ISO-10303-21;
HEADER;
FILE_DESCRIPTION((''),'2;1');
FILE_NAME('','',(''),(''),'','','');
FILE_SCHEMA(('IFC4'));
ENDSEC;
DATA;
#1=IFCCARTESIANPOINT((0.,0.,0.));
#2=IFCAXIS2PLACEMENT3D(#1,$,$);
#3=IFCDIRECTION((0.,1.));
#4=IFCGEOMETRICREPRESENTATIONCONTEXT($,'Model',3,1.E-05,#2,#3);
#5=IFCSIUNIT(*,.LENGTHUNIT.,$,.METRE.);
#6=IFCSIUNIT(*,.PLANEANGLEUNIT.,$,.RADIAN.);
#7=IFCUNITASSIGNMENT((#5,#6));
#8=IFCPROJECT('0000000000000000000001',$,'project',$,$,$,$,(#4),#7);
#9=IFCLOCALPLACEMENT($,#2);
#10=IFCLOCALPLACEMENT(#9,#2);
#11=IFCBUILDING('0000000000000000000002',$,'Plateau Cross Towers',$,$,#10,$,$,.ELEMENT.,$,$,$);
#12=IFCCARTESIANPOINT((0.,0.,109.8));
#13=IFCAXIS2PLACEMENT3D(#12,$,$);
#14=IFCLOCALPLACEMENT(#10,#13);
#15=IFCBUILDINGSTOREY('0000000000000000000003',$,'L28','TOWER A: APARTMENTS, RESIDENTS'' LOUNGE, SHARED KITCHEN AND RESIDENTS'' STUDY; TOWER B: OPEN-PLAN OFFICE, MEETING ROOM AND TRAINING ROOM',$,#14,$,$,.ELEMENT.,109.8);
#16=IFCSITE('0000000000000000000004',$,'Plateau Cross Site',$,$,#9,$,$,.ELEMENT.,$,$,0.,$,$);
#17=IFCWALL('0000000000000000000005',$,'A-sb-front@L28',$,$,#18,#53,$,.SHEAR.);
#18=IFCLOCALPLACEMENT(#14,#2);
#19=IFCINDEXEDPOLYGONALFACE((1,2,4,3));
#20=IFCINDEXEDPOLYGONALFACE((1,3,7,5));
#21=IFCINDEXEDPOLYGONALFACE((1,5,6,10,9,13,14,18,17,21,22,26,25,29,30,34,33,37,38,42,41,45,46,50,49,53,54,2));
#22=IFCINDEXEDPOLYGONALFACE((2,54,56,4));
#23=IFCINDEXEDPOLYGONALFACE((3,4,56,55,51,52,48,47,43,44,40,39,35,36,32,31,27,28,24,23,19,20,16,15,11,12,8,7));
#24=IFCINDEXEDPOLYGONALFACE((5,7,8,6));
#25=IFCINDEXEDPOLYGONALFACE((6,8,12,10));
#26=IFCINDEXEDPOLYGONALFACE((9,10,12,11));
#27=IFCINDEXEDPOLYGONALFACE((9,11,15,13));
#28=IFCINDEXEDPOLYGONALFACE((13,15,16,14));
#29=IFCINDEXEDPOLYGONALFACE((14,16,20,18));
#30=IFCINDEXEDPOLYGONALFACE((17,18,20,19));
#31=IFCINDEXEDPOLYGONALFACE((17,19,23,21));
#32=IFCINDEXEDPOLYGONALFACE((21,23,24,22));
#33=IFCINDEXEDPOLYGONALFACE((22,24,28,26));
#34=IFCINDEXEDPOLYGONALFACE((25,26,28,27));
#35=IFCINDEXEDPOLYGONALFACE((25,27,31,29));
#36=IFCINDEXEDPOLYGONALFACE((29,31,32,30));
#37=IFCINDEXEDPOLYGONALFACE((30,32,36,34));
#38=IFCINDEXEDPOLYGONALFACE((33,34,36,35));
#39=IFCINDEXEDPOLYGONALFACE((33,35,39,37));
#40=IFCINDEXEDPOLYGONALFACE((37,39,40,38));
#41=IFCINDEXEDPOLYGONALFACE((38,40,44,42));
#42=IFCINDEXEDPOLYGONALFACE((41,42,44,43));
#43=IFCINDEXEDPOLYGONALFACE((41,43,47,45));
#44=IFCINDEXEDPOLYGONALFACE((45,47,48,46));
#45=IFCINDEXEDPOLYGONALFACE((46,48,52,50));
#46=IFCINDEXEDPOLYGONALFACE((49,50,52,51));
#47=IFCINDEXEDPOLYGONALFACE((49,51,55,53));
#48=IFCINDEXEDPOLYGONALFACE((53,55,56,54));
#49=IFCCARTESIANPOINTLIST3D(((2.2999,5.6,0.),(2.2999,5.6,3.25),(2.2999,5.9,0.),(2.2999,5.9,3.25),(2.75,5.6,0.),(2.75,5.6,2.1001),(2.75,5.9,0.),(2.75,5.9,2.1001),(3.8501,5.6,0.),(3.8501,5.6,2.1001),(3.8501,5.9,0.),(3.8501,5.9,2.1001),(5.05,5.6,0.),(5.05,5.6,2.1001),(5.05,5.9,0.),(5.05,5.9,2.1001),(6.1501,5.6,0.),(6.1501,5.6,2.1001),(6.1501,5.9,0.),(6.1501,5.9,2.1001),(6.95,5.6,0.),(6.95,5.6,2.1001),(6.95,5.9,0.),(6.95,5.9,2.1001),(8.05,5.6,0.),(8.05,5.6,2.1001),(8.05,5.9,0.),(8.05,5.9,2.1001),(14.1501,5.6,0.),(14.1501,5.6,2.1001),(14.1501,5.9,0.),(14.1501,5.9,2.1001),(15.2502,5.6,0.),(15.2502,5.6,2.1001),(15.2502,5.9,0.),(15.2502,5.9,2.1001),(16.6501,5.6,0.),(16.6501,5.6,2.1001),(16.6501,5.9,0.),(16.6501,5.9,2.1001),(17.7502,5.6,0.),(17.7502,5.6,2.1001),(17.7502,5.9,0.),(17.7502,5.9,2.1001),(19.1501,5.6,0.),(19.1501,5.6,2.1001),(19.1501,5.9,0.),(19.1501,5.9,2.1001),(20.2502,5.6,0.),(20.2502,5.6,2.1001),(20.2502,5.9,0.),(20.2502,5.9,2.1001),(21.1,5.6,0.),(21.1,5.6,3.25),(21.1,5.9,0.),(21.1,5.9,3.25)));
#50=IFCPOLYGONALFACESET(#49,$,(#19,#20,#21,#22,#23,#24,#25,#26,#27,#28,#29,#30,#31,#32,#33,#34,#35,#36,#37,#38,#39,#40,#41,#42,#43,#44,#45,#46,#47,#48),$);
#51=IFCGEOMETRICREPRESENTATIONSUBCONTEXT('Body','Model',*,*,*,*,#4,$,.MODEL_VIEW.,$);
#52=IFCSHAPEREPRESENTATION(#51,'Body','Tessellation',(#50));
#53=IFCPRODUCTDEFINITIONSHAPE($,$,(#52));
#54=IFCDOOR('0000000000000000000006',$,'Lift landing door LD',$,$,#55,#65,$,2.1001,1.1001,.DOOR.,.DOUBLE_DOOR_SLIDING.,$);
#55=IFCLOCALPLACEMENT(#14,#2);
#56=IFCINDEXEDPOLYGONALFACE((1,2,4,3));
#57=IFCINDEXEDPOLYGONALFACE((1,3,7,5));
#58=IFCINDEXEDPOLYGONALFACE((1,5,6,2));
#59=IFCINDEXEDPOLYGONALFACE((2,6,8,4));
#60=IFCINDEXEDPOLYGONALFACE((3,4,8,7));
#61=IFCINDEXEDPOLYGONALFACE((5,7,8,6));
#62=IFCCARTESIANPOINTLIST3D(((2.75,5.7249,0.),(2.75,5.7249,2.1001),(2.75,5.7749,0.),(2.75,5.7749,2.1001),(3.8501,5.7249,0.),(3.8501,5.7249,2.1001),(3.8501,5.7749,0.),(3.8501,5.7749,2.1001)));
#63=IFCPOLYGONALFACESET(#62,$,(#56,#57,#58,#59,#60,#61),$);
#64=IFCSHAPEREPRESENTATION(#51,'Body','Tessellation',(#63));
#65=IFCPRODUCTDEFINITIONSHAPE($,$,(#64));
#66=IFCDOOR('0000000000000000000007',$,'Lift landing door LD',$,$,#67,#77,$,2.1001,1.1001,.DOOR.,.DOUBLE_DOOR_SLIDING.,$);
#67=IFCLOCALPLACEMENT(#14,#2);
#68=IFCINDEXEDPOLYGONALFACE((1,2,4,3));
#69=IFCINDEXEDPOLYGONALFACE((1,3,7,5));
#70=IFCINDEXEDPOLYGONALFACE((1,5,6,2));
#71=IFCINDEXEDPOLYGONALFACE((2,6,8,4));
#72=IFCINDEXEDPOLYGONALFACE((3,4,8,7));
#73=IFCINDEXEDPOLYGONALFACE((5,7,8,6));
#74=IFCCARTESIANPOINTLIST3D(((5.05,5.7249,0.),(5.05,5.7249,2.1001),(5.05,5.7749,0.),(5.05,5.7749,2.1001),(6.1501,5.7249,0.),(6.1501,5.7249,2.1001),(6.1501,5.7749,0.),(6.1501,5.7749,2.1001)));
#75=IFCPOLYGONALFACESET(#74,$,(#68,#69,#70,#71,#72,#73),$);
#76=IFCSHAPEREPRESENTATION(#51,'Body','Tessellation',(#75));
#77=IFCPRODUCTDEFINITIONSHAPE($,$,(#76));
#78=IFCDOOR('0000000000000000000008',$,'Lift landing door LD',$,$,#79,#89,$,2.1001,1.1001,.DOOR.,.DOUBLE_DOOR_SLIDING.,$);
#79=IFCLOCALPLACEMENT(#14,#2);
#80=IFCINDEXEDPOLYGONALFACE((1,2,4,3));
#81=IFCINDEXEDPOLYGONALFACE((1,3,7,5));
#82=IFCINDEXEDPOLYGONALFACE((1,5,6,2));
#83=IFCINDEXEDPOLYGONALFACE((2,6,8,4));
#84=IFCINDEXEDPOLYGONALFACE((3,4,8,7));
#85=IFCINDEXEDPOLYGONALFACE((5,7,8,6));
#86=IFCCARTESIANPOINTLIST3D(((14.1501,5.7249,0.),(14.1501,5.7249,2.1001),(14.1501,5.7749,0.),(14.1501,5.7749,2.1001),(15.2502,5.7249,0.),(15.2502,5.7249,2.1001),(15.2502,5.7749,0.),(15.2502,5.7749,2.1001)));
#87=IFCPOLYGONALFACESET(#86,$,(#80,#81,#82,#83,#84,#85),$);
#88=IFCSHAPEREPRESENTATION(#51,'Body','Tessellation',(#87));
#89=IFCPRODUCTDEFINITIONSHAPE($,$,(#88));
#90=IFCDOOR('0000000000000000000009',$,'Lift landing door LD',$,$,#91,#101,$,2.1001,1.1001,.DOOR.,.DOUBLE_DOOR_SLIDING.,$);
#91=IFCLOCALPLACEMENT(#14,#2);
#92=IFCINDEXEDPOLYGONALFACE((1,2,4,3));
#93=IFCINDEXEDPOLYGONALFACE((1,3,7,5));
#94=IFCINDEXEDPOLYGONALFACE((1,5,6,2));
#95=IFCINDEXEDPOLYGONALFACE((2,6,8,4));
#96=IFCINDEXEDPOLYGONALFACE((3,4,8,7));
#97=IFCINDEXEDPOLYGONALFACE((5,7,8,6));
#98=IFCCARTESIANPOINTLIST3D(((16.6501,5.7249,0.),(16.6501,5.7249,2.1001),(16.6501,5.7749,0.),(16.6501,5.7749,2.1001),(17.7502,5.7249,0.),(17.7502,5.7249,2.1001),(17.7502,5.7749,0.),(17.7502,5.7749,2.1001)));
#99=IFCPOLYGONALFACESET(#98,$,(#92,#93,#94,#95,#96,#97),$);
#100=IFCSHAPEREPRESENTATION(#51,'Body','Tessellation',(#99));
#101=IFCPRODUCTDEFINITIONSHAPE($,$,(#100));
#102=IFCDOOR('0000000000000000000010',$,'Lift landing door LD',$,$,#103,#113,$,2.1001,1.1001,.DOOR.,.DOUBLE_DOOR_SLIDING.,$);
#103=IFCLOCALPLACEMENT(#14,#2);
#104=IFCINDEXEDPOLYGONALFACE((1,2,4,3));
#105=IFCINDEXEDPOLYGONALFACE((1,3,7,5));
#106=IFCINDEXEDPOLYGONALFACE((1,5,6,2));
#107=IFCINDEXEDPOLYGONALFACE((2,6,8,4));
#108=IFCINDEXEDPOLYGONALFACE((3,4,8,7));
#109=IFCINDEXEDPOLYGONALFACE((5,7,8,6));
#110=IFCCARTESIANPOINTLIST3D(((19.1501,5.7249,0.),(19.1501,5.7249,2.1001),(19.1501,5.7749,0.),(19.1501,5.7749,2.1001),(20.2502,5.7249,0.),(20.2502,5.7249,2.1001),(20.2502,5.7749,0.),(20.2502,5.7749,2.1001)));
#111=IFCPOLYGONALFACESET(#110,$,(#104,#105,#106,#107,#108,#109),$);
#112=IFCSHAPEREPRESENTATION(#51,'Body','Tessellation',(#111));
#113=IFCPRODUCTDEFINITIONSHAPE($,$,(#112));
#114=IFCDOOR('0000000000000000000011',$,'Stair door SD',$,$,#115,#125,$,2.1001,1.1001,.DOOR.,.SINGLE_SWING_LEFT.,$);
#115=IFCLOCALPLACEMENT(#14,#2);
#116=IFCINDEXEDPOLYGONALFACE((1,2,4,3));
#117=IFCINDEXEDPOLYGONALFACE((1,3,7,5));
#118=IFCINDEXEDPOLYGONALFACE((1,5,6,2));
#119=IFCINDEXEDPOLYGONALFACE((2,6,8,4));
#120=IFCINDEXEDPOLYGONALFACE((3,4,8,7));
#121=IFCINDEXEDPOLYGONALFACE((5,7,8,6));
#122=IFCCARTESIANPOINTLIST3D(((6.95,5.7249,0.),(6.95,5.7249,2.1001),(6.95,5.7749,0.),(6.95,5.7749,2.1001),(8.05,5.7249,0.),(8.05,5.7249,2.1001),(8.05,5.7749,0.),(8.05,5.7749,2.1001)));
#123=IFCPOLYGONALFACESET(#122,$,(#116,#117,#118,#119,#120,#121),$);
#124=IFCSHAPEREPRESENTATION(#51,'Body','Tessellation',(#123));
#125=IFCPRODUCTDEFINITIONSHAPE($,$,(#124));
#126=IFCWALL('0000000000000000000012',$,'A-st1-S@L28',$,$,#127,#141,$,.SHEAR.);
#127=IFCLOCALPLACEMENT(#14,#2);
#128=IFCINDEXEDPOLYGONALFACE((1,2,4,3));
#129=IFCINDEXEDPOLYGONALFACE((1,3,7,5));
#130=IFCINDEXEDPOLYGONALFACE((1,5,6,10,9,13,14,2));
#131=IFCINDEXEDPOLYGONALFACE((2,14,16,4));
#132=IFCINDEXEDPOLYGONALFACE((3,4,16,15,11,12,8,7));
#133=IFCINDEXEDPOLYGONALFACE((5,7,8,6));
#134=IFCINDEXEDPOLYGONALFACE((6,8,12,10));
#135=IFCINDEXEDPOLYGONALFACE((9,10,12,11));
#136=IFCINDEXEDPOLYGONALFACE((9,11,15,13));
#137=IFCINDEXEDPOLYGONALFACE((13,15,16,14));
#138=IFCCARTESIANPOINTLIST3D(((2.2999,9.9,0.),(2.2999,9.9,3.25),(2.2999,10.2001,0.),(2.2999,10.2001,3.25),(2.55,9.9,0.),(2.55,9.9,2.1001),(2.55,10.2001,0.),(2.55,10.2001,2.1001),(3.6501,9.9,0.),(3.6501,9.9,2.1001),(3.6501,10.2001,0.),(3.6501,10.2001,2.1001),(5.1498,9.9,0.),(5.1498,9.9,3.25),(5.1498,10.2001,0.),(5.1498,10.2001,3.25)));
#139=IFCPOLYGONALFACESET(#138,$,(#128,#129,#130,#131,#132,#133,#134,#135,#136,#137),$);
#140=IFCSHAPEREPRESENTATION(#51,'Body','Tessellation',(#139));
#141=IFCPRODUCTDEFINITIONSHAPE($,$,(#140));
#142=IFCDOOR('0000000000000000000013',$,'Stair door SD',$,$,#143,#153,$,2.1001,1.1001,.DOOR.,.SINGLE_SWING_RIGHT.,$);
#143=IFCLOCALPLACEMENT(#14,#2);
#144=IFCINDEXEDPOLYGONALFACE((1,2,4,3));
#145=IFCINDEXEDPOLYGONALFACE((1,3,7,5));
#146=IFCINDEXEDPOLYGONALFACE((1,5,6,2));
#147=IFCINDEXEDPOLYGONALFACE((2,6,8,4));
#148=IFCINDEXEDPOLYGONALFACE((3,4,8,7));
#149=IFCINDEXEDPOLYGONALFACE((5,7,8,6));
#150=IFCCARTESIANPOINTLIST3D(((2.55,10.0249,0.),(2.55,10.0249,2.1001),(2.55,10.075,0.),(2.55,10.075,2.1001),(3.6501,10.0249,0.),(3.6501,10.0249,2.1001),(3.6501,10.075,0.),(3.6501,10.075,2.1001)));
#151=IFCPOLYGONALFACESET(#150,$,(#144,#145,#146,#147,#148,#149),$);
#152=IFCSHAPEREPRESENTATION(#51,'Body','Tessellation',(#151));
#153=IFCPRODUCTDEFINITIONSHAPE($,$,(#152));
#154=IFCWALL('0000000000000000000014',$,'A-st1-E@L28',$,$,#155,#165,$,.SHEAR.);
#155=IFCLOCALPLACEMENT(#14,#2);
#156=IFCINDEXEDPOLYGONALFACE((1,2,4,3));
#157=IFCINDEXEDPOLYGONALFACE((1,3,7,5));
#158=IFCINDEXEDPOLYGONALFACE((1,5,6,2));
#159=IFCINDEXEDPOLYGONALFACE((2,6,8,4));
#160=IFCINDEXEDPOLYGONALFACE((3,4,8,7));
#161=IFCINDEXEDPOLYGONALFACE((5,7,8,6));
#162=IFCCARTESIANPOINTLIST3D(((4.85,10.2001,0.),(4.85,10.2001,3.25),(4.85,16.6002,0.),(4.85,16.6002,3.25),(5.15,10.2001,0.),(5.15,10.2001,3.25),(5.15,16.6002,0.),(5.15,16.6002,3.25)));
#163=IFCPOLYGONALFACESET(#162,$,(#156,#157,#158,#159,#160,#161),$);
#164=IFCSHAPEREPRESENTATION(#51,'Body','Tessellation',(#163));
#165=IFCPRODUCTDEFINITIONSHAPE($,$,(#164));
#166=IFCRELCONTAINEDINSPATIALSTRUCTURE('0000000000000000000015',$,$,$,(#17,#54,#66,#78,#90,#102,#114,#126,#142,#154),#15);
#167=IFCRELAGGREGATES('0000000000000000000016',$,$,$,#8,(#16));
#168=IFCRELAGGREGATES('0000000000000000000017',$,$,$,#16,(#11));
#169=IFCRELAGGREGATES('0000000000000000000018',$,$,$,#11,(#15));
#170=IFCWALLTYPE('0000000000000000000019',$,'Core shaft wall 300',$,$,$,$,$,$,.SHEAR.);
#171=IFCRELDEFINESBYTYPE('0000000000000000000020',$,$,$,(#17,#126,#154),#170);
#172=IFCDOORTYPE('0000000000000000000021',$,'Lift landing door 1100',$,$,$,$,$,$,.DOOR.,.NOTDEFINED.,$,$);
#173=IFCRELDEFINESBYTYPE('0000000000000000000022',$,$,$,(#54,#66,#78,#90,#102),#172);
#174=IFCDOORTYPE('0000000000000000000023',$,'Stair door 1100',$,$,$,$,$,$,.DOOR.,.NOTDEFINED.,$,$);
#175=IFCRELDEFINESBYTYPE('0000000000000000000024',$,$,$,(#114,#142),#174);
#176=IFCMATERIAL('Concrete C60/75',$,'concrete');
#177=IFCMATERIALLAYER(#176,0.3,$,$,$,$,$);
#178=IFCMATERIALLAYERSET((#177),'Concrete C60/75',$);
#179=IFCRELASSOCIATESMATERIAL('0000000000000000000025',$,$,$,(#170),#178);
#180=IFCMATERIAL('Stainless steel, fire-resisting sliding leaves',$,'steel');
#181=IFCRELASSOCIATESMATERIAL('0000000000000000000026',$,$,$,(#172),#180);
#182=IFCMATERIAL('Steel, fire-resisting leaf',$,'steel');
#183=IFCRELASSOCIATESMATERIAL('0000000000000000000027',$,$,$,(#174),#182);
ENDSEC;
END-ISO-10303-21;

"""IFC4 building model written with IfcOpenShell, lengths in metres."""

from ifc_helpers import new_model, si_unit, direction, frame, frame_2d, origin, place, context, subcontext, project, spatial, rectangle, extrude, material, layer, layer_set, type_object, element, fill, save


model = new_model("IFC4")

# Units and contexts
model_context = context("Model", 3, precision=1e-05, world=origin(), true_north=direction((0.0, 1.0)))
body_context = subcontext(model_context, "Body", "Model", "MODEL_VIEW")
ifc_project = project(units=[si_unit("LENGTHUNIT", "METRE"), si_unit("PLANEANGLEUNIT", "RADIAN")], contexts=[model_context])

# Site, building, storey
site_placement = place(None, origin())
site = spatial("IfcSite", under=ifc_project, at=site_placement, Name="Plateau Cross Site", CompositionType="ELEMENT", RefElevation=0.0)
building_placement = place(site_placement, origin())
building = spatial("IfcBuilding", under=site, at=building_placement, Name="Plateau Cross Towers", CompositionType="ELEMENT")
storey_placement = place(building_placement, frame((0.0, 0.0, 109.8)))
storey = spatial("IfcBuildingStorey", under=building, at=storey_placement, Name="L28", Description="TOWER A: APARTMENTS, RESIDENTS' LOUNGE, SHARED KITCHEN AND RESIDENTS' STUDY; TOWER B: OPEN-PLAN OFFICE, MEETING ROOM AND TRAINING ROOM", CompositionType="ELEMENT", Elevation=109.8)

# Shared definitions
ifc_material_1 = material(Name="Steel, fire-resisting leaf", Category="steel")

# Shared definitions
ifc_material_2 = material(Name="Concrete C60/75", Category="concrete")
ifc_layer_1 = layer(ifc_material_2, 0.3)
ifc_layer_set_1 = layer_set([ifc_layer_1], Name="Concrete C60/75")
wall_type_1 = type_object("IfcWallType", Name="Core shaft wall 300", PredefinedType="SHEAR", material=ifc_layer_set_1)

# Wall, openings, doors
wall_1_placement = place(storey_placement, frame((2.3, 5.75, 0.0), z_axis=(0.0, 0.0, 1.0), x_axis=(1.0, 0.0, 0.0)))
wall_1 = element("IfcWall", 1, at=wall_1_placement, inside=storey, type_object=wall_type_1, Name="A-sb-front@L28", PredefinedType="SHEAR", context=body_context, shape_type="SweptSolid", body=[
    extrude(rectangle(XDim=18.8, YDim=0.3, at=frame_2d((9.3999, 0.0))), origin(), (0.0, 0.0, 1.0), 3.25),
])
opening_1_placement = place(wall_1_placement, frame((4.6499, 0.0, 0.0)))
opening_1 = element("IfcOpeningElement", 2, at=opening_1_placement, cuts=wall_1, PredefinedType="OPENING", context=body_context, shape_type="SweptSolid", body=[
    extrude(rectangle(XDim=1.1001, YDim=2.1001, at=frame_2d((0.55, 1.05))), frame((0.0, 0.1599, 0.0), z_axis=(0.0, -1.0, 0.0), x_axis=(1.0, 0.0, 0.0)), (0.0, 0.0, 1.0), 0.3201),
])
opening_2_placement = place(wall_1_placement, frame((0.45, 0.0, 0.0)))
opening_2 = element("IfcOpeningElement", 3, at=opening_2_placement, cuts=wall_1, PredefinedType="OPENING", context=body_context, shape_type="SweptSolid", body=[
    extrude(rectangle(XDim=1.1001, YDim=2.1001, at=frame_2d((0.55, 1.05))), frame((0.0, 0.1599, 0.0), z_axis=(0.0, -1.0, 0.0), x_axis=(1.0, 0.0, 0.0)), (0.0, 0.0, 1.0), 0.3201),
])
opening_3_placement = place(wall_1_placement, frame((2.75, 0.0, 0.0)))
opening_3 = element("IfcOpeningElement", 4, at=opening_3_placement, cuts=wall_1, PredefinedType="OPENING", context=body_context, shape_type="SweptSolid", body=[
    extrude(rectangle(XDim=1.1001, YDim=2.1001, at=frame_2d((0.55, 1.05))), frame((0.0, 0.1599, 0.0), z_axis=(0.0, -1.0, 0.0), x_axis=(1.0, 0.0, 0.0)), (0.0, 0.0, 1.0), 0.3201),
])
opening_4_placement = place(wall_1_placement, frame((11.8501, 0.0, 0.0)))
opening_4 = element("IfcOpeningElement", 5, at=opening_4_placement, cuts=wall_1, PredefinedType="OPENING", context=body_context, shape_type="SweptSolid", body=[
    extrude(rectangle(XDim=1.1001, YDim=2.1001, at=frame_2d((0.55, 1.05))), frame((0.0, 0.1599, 0.0), z_axis=(0.0, -1.0, 0.0), x_axis=(1.0, 0.0, 0.0)), (0.0, 0.0, 1.0), 0.3201),
])
opening_5_placement = place(wall_1_placement, frame((14.3501, 0.0, 0.0)))
opening_5 = element("IfcOpeningElement", 6, at=opening_5_placement, cuts=wall_1, PredefinedType="OPENING", context=body_context, shape_type="SweptSolid", body=[
    extrude(rectangle(XDim=1.1001, YDim=2.1001, at=frame_2d((0.55, 1.05))), frame((0.0, 0.1599, 0.0), z_axis=(0.0, -1.0, 0.0), x_axis=(1.0, 0.0, 0.0)), (0.0, 0.0, 1.0), 0.3201),
])
opening_6_placement = place(wall_1_placement, frame((16.8501, 0.0, 0.0)))
opening_6 = element("IfcOpeningElement", 7, at=opening_6_placement, cuts=wall_1, PredefinedType="OPENING", context=body_context, shape_type="SweptSolid", body=[
    extrude(rectangle(XDim=1.1001, YDim=2.1001, at=frame_2d((0.55, 1.05))), frame((0.0, 0.1599, 0.0), z_axis=(0.0, -1.0, 0.0), x_axis=(1.0, 0.0, 0.0)), (0.0, 0.0, 1.0), 0.3201),
])
ifc_material_3 = material(Name="Stainless steel, fire-resisting sliding leaves", Category="steel")
door_type_1 = type_object("IfcDoorType", Name="Lift landing door 1100", OperationType="NOTDEFINED", PredefinedType="DOOR", material=ifc_material_3)
door_1_placement = place(opening_2_placement, origin())
door_1 = element("IfcDoor", 8, at=door_1_placement, inside=storey, type_object=door_type_1, Name="Lift landing door LD", OperationType="DOUBLE_DOOR_SLIDING", OverallHeight=2.1001, OverallWidth=1.1001, PredefinedType="DOOR", context=body_context, shape_type="SweptSolid", body=[
    extrude(rectangle(XDim=1.1001, YDim=2.1001, at=frame_2d((0.55, 1.05))), frame((0.0, 0.0249, 0.0), z_axis=(0.0, -1.0, 0.0), x_axis=(1.0, 0.0, 0.0)), (0.0, 0.0, 1.0), 0.05),
])
fill(opening_2, door_1)
door_2_placement = place(opening_3_placement, origin())
door_2 = element("IfcDoor", 9, at=door_2_placement, inside=storey, type_object=door_type_1, Name="Lift landing door LD", OperationType="DOUBLE_DOOR_SLIDING", OverallHeight=2.1001, OverallWidth=1.1001, PredefinedType="DOOR", context=body_context, shape_type="SweptSolid", body=[
    extrude(rectangle(XDim=1.1001, YDim=2.1001, at=frame_2d((0.55, 1.05))), frame((0.0, 0.0249, 0.0), z_axis=(0.0, -1.0, 0.0), x_axis=(1.0, 0.0, 0.0)), (0.0, 0.0, 1.0), 0.05),
])
fill(opening_3, door_2)
door_3_placement = place(opening_4_placement, origin())
door_3 = element("IfcDoor", 10, at=door_3_placement, inside=storey, type_object=door_type_1, Name="Lift landing door LD", OperationType="DOUBLE_DOOR_SLIDING", OverallHeight=2.1001, OverallWidth=1.1001, PredefinedType="DOOR", context=body_context, shape_type="SweptSolid", body=[
    extrude(rectangle(XDim=1.1001, YDim=2.1001, at=frame_2d((0.55, 1.05))), frame((0.0, 0.0249, 0.0), z_axis=(0.0, -1.0, 0.0), x_axis=(1.0, 0.0, 0.0)), (0.0, 0.0, 1.0), 0.05),
])
fill(opening_4, door_3)
door_4_placement = place(opening_5_placement, origin())
door_4 = element("IfcDoor", 11, at=door_4_placement, inside=storey, type_object=door_type_1, Name="Lift landing door LD", OperationType="DOUBLE_DOOR_SLIDING", OverallHeight=2.1001, OverallWidth=1.1001, PredefinedType="DOOR", context=body_context, shape_type="SweptSolid", body=[
    extrude(rectangle(XDim=1.1001, YDim=2.1001, at=frame_2d((0.55, 1.05))), frame((0.0, 0.0249, 0.0), z_axis=(0.0, -1.0, 0.0), x_axis=(1.0, 0.0, 0.0)), (0.0, 0.0, 1.0), 0.05),
])
fill(opening_5, door_4)
door_5_placement = place(opening_6_placement, origin())
door_5 = element("IfcDoor", 12, at=door_5_placement, inside=storey, type_object=door_type_1, Name="Lift landing door LD", OperationType="DOUBLE_DOOR_SLIDING", OverallHeight=2.1001, OverallWidth=1.1001, PredefinedType="DOOR", context=body_context, shape_type="SweptSolid", body=[
    extrude(rectangle(XDim=1.1001, YDim=2.1001, at=frame_2d((0.55, 1.05))), frame((0.0, 0.0249, 0.0), z_axis=(0.0, -1.0, 0.0), x_axis=(1.0, 0.0, 0.0)), (0.0, 0.0, 1.0), 0.05),
])
fill(opening_6, door_5)
door_type_2 = type_object("IfcDoorType", Name="Stair door 1100", OperationType="NOTDEFINED", PredefinedType="DOOR", material=ifc_material_1)
door_6_placement = place(opening_1_placement, origin())
door_6 = element("IfcDoor", 13, at=door_6_placement, inside=storey, type_object=door_type_2, Name="Stair door SD", OperationType="SINGLE_SWING_LEFT", OverallHeight=2.1001, OverallWidth=1.1001, PredefinedType="DOOR", context=body_context, shape_type="SweptSolid", body=[
    extrude(rectangle(XDim=1.1001, YDim=2.1001, at=frame_2d((0.55, 1.05))), frame((0.0, 0.0249, 0.0), z_axis=(0.0, -1.0, 0.0), x_axis=(1.0, 0.0, 0.0)), (0.0, 0.0, 1.0), 0.05),
])
fill(opening_1, door_6)

# Wall, opening, door
wall_2_placement = place(storey_placement, frame((2.3, 10.05, 0.0), z_axis=(0.0, 0.0, 1.0), x_axis=(1.0, 0.0, 0.0)))
wall_2 = element("IfcWall", 14, at=wall_2_placement, inside=storey, type_object=wall_type_1, Name="A-st1-S@L28", PredefinedType="SHEAR", context=body_context, shape_type="SweptSolid", body=[
    extrude(rectangle(XDim=2.8499, YDim=0.3, at=frame_2d((1.4248, 0.0))), origin(), (0.0, 0.0, 1.0), 3.25),
])
opening_7_placement = place(wall_2_placement, frame((0.25, 0.0, 0.0)))
opening_7 = element("IfcOpeningElement", 15, at=opening_7_placement, cuts=wall_2, PredefinedType="OPENING", context=body_context, shape_type="SweptSolid", body=[
    extrude(rectangle(XDim=1.1001, YDim=2.1001, at=frame_2d((0.55, 1.05))), frame((0.0, 0.1599, 0.0), z_axis=(0.0, -1.0, 0.0), x_axis=(1.0, 0.0, 0.0)), (0.0, 0.0, 1.0), 0.3201),
])
door_7_placement = place(opening_7_placement, origin())
door_7 = element("IfcDoor", 16, at=door_7_placement, inside=storey, type_object=door_type_2, Name="Stair door SD", OperationType="SINGLE_SWING_RIGHT", OverallHeight=2.1001, OverallWidth=1.1001, PredefinedType="DOOR", context=body_context, shape_type="SweptSolid", body=[
    extrude(rectangle(XDim=1.1001, YDim=2.1001, at=frame_2d((0.55, 1.05))), frame((0.0, 0.0249, 0.0), z_axis=(0.0, -1.0, 0.0), x_axis=(1.0, 0.0, 0.0)), (0.0, 0.0, 1.0), 0.05),
])
fill(opening_7, door_7)

# Wall
wall_3_placement = place(storey_placement, frame((5.0, 10.2, 0.0), z_axis=(0.0, 0.0, 1.0), x_axis=(0.0, 1.0, 0.0)))
element("IfcWall", 17, at=wall_3_placement, inside=storey, type_object=wall_type_1, Name="A-st1-E@L28", PredefinedType="SHEAR", context=body_context, shape_type="SweptSolid", body=[
    extrude(rectangle(XDim=6.4001, YDim=0.3, at=frame_2d((3.2002, 0.0))), origin(), (0.0, 0.0, 1.0), 3.25),
])

save(model, "model.ifc")
